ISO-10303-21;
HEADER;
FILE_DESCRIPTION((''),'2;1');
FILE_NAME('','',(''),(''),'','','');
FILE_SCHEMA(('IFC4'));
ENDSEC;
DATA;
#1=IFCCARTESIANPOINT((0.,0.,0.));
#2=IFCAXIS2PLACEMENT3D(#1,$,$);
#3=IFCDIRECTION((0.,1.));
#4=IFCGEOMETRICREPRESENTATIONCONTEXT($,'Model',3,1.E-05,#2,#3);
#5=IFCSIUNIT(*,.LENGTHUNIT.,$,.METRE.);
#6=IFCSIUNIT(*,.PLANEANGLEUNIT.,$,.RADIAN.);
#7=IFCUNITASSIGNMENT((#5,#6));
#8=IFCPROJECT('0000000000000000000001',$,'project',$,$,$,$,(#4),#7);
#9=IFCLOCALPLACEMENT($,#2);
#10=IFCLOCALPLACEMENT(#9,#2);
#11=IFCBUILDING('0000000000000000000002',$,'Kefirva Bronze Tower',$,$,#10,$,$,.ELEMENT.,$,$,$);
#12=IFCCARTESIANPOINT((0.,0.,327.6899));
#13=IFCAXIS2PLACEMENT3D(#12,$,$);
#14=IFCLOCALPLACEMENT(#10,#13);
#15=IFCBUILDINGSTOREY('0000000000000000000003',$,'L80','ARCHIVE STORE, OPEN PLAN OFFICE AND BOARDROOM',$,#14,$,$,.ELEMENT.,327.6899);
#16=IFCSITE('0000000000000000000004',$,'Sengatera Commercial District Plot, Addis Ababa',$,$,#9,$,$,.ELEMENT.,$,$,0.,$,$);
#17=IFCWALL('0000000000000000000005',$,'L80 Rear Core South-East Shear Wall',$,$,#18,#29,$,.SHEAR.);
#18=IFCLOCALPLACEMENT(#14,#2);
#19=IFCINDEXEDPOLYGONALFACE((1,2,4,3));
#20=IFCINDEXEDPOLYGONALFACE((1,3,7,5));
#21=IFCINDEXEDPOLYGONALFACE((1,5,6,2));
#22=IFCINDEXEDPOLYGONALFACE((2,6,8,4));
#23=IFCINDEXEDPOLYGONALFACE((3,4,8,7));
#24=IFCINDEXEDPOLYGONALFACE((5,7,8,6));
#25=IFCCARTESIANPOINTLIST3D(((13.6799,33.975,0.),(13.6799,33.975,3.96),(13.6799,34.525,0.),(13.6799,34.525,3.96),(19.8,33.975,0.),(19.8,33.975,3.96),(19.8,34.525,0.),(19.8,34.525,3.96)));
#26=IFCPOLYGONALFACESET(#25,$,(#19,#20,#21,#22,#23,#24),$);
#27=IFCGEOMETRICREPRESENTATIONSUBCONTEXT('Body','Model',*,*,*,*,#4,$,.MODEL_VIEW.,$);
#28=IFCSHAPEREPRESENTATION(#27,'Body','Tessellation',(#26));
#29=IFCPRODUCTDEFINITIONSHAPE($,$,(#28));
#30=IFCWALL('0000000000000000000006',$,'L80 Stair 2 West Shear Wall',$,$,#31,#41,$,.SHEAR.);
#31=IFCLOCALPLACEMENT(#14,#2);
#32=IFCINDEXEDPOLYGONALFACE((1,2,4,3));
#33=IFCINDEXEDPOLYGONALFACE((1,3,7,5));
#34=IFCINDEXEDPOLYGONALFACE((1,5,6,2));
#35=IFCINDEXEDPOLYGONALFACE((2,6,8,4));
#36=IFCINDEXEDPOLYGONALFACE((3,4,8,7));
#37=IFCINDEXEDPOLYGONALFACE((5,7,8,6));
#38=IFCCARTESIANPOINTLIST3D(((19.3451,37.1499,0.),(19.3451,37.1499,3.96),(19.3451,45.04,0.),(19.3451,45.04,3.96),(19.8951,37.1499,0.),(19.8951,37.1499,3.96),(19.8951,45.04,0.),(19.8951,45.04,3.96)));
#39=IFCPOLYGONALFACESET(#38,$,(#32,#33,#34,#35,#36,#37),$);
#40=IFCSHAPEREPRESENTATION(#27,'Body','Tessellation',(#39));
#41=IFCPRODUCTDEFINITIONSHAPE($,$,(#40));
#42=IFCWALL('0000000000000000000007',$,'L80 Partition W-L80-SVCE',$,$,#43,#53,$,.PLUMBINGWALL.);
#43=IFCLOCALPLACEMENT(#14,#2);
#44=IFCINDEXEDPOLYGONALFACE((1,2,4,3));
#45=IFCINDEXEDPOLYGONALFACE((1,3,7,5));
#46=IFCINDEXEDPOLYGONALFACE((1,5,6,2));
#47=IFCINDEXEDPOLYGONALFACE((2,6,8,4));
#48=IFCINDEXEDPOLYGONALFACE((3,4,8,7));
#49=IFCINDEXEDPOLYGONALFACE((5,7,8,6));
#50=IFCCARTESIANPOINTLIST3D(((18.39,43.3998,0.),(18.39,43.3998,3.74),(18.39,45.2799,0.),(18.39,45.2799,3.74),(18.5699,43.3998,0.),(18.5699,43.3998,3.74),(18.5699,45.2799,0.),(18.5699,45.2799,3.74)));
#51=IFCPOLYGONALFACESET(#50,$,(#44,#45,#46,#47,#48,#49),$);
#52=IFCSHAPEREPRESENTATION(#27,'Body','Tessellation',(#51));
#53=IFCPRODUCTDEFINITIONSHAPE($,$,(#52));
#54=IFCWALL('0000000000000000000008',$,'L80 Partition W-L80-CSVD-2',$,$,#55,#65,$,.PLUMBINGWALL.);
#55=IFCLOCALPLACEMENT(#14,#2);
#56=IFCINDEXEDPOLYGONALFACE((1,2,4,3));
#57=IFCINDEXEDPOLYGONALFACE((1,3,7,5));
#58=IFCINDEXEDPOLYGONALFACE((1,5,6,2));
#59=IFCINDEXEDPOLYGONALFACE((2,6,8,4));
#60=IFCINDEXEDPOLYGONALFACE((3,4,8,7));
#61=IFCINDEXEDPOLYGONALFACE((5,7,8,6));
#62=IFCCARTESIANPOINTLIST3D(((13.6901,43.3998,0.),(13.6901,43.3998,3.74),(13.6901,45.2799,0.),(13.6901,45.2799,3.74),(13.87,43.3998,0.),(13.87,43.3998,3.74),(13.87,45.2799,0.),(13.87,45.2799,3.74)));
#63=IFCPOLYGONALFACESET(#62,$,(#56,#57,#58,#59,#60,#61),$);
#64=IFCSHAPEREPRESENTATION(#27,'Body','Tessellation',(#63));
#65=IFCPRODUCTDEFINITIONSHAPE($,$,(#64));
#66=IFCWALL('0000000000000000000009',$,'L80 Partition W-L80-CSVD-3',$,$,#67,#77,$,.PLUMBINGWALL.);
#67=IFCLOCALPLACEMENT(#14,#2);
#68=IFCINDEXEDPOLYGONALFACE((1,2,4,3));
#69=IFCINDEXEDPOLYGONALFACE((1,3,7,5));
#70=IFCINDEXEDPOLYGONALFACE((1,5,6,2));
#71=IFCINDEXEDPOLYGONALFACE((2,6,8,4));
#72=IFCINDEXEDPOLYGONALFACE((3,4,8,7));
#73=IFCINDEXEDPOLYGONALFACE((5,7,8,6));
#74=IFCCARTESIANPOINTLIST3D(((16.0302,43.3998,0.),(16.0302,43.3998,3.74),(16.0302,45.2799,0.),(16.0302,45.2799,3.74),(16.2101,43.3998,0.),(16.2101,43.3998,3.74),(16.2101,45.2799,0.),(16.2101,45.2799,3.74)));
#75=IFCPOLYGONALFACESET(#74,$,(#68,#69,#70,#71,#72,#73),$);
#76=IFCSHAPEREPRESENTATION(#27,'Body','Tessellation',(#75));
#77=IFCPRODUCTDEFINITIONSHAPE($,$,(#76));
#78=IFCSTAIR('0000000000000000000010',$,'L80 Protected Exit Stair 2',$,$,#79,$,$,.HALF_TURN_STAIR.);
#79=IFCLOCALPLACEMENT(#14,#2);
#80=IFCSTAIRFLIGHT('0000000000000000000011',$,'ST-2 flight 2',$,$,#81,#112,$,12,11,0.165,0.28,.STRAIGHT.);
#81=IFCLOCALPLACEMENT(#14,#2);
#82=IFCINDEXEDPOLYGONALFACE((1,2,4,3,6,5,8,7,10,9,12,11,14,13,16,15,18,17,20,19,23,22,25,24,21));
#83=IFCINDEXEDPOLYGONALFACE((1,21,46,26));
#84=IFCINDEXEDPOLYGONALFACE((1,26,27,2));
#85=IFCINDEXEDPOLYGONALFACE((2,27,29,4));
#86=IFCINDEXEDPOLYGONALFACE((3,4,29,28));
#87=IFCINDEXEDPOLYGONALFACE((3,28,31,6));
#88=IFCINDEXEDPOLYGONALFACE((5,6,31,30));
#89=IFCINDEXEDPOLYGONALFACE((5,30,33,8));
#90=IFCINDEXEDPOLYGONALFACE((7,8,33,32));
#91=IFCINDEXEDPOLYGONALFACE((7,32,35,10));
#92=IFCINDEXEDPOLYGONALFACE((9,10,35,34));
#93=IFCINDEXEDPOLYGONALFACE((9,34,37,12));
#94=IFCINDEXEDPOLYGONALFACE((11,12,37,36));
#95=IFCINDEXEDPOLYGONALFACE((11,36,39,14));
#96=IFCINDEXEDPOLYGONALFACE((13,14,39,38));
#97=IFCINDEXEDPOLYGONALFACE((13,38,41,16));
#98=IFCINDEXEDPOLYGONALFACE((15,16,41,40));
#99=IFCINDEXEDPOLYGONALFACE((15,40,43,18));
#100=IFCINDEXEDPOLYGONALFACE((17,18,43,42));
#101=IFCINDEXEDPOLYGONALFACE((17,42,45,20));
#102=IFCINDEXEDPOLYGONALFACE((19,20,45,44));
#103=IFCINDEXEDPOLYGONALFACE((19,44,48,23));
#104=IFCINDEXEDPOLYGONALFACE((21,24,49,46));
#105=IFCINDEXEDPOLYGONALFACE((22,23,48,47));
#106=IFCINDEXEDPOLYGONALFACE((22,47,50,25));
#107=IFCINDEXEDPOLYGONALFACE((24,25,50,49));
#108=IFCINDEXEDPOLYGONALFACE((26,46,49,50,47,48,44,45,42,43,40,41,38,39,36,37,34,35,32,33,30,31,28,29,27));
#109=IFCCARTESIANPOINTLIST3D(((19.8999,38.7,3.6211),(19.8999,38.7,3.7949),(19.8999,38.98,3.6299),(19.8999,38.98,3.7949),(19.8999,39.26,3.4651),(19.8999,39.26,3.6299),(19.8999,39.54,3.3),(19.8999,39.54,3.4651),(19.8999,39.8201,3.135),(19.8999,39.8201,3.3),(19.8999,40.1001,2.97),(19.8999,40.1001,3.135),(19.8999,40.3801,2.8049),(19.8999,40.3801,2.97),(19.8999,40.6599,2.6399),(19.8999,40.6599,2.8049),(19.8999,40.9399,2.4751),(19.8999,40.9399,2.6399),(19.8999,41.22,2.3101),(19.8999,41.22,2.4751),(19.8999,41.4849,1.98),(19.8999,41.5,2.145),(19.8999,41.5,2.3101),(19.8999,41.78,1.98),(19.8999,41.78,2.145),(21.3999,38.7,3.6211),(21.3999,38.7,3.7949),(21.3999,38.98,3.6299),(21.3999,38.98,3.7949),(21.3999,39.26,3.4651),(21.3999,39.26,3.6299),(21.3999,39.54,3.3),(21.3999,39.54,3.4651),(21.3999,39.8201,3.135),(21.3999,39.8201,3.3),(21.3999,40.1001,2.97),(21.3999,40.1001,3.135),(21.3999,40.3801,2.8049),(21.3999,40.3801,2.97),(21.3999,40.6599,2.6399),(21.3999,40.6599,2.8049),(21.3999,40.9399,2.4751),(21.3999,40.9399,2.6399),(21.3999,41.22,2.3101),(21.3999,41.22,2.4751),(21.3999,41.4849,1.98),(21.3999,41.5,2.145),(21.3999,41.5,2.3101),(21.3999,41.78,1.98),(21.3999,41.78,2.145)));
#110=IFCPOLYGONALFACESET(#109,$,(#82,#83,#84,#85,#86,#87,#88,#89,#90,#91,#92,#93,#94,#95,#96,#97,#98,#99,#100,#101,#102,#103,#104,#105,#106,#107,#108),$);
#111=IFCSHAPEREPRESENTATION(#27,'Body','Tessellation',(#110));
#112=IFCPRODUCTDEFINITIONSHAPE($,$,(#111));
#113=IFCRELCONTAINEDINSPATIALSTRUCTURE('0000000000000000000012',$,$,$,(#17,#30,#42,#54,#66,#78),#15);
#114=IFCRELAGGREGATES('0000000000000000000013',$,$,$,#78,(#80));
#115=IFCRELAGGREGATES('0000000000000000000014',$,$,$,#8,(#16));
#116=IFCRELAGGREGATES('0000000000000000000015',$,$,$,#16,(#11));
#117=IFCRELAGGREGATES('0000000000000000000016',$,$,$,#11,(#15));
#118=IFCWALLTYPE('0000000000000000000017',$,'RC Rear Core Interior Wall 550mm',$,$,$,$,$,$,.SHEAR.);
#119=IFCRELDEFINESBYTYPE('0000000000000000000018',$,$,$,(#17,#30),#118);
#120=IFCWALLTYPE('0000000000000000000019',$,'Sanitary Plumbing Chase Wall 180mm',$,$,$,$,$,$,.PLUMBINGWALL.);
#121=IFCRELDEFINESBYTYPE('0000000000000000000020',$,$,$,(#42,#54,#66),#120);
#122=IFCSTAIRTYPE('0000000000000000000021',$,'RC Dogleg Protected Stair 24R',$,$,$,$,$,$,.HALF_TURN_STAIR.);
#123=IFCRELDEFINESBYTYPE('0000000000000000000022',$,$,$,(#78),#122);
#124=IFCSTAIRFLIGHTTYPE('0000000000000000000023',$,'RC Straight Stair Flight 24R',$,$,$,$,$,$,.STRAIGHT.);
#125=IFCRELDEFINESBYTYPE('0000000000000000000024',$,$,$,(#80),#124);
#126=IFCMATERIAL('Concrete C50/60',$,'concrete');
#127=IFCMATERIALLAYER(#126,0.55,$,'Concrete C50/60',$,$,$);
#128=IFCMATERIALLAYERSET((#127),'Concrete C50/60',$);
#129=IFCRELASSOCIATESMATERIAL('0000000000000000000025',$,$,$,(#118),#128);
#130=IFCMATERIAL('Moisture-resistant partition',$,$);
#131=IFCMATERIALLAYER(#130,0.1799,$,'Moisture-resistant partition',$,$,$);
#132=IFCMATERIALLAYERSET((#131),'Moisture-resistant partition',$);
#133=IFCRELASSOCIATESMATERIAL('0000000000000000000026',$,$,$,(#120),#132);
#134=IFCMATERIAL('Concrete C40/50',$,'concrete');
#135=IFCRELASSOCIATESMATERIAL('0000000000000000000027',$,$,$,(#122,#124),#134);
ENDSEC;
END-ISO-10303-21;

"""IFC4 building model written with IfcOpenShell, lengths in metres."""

from ifc_helpers import new_model, si_unit, direction, frame, frame_2d, origin, place, context, subcontext, project, spatial, polyline, rectangle, outline, extrude, material, layer, layer_set, type_object, element, aggregate, save


model = new_model("IFC4")

# Units and contexts
model_context = context("Model", 3, precision=1e-05, world=origin(), true_north=direction((0.0, 1.0)))
body_context = subcontext(model_context, "Body", "Model", "MODEL_VIEW")
ifc_project = project(units=[si_unit("LENGTHUNIT", "METRE"), si_unit("PLANEANGLEUNIT", "RADIAN")], contexts=[model_context])

# Site, building, storey
site_placement = place(None, origin())
site = spatial("IfcSite", under=ifc_project, at=site_placement, Name="Sengatera Commercial District Plot, Addis Ababa", CompositionType="ELEMENT", RefElevation=0.0)
building_placement = place(site_placement, origin())
building = spatial("IfcBuilding", under=site, at=building_placement, Name="Kefirva Bronze Tower", CompositionType="ELEMENT")
storey_placement = place(building_placement, frame((0.0, 0.0, 327.6899)))
storey = spatial("IfcBuildingStorey", under=building, at=storey_placement, Name="L80", Description="ARCHIVE STORE, OPEN PLAN OFFICE AND BOARDROOM", CompositionType="ELEMENT", Elevation=327.6899)

# Shared definitions
ifc_material_1 = material(Name="Concrete C50/60", Category="concrete")

# Walls
ifc_layer_1 = layer(ifc_material_1, 0.55, Name="Concrete C50/60")
ifc_layer_set_1 = layer_set([ifc_layer_1], Name="Concrete C50/60")
wall_type_1 = type_object("IfcWallType", Name="RC Rear Core Interior Wall 550mm", PredefinedType="SHEAR", material=ifc_layer_set_1)
wall_1_placement = place(storey_placement, frame((13.6799, 34.25, 0.0), z_axis=(0.0, 0.0, 1.0), x_axis=(1.0, 0.0, 0.0)))
element("IfcWall", 1, at=wall_1_placement, inside=storey, type_object=wall_type_1, Name="L80 Rear Core South-East Shear Wall", PredefinedType="SHEAR", context=body_context, shape_type="SweptSolid", body=[
    extrude(rectangle(XDim=6.1201, YDim=0.55, at=frame_2d((3.0601, 0.0))), origin(), (0.0, 0.0, 1.0), 3.96),
])
wall_2_placement = place(storey_placement, frame((19.6201, 37.1499, 0.0), z_axis=(0.0, 0.0, 1.0), x_axis=(0.0, 1.0, 0.0)))
element("IfcWall", 2, at=wall_2_placement, inside=storey, type_object=wall_type_1, Name="L80 Stair 2 West Shear Wall", PredefinedType="SHEAR", context=body_context, shape_type="SweptSolid", body=[
    extrude(rectangle(XDim=7.8901, YDim=0.55, at=frame_2d((3.9451, 0.0))), origin(), (0.0, 0.0, 1.0), 3.96),
])
ifc_material_2 = material(Name="Moisture-resistant partition")
ifc_layer_2 = layer(ifc_material_2, 0.1799, Name="Moisture-resistant partition")
ifc_layer_set_2 = layer_set([ifc_layer_2], Name="Moisture-resistant partition")
wall_type_2 = type_object("IfcWallType", Name="Sanitary Plumbing Chase Wall 180mm", PredefinedType="PLUMBINGWALL", material=ifc_layer_set_2)
for number, where, z_axis, x_axis, name in (
    (3, (18.48, 43.3999, 0.0), (0.0, 0.0, 1.0), (0.0, 1.0, 0.0), "L80 Partition W-L80-SVCE"),
    (4, (13.78, 43.3999, 0.0), (0.0, 0.0, 1.0), (0.0, 1.0, 0.0), "L80 Partition W-L80-CSVD-2"),
    (5, (16.1201, 43.3999, 0.0), (0.0, 0.0, 1.0), (0.0, 1.0, 0.0), "L80 Partition W-L80-CSVD-3"),
):
    element("IfcWall", number, at=place(storey_placement, frame(where, z_axis=z_axis, x_axis=x_axis)), inside=storey, type_object=wall_type_2, Name=name, PredefinedType="PLUMBINGWALL", context=body_context, shape_type="SweptSolid", body=[
        extrude(rectangle(XDim=1.8801, YDim=0.1799, at=frame_2d((0.9399, 0.0))), origin(), (0.0, 0.0, 1.0), 3.74),
    ])

# Stair, stair flight
ifc_material_3 = material(Name="Concrete C40/50", Category="concrete")
stair_type = type_object("IfcStairType", Name="RC Dogleg Protected Stair 24R", PredefinedType="HALF_TURN_STAIR", material=ifc_material_3)
stair_placement = place(storey_placement, origin())
stair = element("IfcStair", 6, at=stair_placement, inside=storey, type_object=stair_type, Name="L80 Protected Exit Stair 2", PredefinedType="HALF_TURN_STAIR")
stair_flight_type = type_object("IfcStairFlightType", Name="RC Straight Stair Flight 24R", PredefinedType="STRAIGHT", material=ifc_material_3)
stair_flight_placement = place(storey_placement, frame((20.6499, 41.78, 1.98), z_axis=(0.0, 0.0, 1.0), x_axis=(0.0, -1.0, 0.0)))
stair_flight = element("IfcStairFlight", 7, at=stair_flight_placement, type_object=stair_flight_type, Name="ST-2 flight 2", NumberOfRisers=12, NumberOfTreads=11, PredefinedType="STRAIGHT", RiserHeight=0.165, TreadLength=0.28, context=body_context, shape_type="SweptSolid", body=[
    extrude(outline(polyline([(0.0, 0.0), (0.0, 0.165), (0.28, 0.165), (0.28, 0.3301), (0.5601, 0.3301), (0.5601, 0.4951), (0.8401, 0.4951), (0.8401, 0.6599), (1.1201, 0.6599), (1.1201, 0.825), (1.3999, 0.825), (1.3999, 0.99), (1.6799, 0.99), (1.6799, 1.155), (1.96, 1.155), (1.96, 1.3201), (2.24, 1.3201), (2.24, 1.4851), (2.52, 1.4851), (2.52, 1.6499), (2.8, 1.6499), (2.8, 1.8149), (3.0801, 1.8149), (3.0801, 1.98), (3.0801, 1.6411), (0.2952, 0.0), (0.0, 0.0)])), frame((0.0, 0.75, 0.0), z_axis=(0.0, -1.0, 0.0), x_axis=(1.0, 0.0, 0.0)), (0.0, 0.0, 1.0), 1.5),
])
aggregate(stair, [stair_flight])

save(model, "model.ifc")
